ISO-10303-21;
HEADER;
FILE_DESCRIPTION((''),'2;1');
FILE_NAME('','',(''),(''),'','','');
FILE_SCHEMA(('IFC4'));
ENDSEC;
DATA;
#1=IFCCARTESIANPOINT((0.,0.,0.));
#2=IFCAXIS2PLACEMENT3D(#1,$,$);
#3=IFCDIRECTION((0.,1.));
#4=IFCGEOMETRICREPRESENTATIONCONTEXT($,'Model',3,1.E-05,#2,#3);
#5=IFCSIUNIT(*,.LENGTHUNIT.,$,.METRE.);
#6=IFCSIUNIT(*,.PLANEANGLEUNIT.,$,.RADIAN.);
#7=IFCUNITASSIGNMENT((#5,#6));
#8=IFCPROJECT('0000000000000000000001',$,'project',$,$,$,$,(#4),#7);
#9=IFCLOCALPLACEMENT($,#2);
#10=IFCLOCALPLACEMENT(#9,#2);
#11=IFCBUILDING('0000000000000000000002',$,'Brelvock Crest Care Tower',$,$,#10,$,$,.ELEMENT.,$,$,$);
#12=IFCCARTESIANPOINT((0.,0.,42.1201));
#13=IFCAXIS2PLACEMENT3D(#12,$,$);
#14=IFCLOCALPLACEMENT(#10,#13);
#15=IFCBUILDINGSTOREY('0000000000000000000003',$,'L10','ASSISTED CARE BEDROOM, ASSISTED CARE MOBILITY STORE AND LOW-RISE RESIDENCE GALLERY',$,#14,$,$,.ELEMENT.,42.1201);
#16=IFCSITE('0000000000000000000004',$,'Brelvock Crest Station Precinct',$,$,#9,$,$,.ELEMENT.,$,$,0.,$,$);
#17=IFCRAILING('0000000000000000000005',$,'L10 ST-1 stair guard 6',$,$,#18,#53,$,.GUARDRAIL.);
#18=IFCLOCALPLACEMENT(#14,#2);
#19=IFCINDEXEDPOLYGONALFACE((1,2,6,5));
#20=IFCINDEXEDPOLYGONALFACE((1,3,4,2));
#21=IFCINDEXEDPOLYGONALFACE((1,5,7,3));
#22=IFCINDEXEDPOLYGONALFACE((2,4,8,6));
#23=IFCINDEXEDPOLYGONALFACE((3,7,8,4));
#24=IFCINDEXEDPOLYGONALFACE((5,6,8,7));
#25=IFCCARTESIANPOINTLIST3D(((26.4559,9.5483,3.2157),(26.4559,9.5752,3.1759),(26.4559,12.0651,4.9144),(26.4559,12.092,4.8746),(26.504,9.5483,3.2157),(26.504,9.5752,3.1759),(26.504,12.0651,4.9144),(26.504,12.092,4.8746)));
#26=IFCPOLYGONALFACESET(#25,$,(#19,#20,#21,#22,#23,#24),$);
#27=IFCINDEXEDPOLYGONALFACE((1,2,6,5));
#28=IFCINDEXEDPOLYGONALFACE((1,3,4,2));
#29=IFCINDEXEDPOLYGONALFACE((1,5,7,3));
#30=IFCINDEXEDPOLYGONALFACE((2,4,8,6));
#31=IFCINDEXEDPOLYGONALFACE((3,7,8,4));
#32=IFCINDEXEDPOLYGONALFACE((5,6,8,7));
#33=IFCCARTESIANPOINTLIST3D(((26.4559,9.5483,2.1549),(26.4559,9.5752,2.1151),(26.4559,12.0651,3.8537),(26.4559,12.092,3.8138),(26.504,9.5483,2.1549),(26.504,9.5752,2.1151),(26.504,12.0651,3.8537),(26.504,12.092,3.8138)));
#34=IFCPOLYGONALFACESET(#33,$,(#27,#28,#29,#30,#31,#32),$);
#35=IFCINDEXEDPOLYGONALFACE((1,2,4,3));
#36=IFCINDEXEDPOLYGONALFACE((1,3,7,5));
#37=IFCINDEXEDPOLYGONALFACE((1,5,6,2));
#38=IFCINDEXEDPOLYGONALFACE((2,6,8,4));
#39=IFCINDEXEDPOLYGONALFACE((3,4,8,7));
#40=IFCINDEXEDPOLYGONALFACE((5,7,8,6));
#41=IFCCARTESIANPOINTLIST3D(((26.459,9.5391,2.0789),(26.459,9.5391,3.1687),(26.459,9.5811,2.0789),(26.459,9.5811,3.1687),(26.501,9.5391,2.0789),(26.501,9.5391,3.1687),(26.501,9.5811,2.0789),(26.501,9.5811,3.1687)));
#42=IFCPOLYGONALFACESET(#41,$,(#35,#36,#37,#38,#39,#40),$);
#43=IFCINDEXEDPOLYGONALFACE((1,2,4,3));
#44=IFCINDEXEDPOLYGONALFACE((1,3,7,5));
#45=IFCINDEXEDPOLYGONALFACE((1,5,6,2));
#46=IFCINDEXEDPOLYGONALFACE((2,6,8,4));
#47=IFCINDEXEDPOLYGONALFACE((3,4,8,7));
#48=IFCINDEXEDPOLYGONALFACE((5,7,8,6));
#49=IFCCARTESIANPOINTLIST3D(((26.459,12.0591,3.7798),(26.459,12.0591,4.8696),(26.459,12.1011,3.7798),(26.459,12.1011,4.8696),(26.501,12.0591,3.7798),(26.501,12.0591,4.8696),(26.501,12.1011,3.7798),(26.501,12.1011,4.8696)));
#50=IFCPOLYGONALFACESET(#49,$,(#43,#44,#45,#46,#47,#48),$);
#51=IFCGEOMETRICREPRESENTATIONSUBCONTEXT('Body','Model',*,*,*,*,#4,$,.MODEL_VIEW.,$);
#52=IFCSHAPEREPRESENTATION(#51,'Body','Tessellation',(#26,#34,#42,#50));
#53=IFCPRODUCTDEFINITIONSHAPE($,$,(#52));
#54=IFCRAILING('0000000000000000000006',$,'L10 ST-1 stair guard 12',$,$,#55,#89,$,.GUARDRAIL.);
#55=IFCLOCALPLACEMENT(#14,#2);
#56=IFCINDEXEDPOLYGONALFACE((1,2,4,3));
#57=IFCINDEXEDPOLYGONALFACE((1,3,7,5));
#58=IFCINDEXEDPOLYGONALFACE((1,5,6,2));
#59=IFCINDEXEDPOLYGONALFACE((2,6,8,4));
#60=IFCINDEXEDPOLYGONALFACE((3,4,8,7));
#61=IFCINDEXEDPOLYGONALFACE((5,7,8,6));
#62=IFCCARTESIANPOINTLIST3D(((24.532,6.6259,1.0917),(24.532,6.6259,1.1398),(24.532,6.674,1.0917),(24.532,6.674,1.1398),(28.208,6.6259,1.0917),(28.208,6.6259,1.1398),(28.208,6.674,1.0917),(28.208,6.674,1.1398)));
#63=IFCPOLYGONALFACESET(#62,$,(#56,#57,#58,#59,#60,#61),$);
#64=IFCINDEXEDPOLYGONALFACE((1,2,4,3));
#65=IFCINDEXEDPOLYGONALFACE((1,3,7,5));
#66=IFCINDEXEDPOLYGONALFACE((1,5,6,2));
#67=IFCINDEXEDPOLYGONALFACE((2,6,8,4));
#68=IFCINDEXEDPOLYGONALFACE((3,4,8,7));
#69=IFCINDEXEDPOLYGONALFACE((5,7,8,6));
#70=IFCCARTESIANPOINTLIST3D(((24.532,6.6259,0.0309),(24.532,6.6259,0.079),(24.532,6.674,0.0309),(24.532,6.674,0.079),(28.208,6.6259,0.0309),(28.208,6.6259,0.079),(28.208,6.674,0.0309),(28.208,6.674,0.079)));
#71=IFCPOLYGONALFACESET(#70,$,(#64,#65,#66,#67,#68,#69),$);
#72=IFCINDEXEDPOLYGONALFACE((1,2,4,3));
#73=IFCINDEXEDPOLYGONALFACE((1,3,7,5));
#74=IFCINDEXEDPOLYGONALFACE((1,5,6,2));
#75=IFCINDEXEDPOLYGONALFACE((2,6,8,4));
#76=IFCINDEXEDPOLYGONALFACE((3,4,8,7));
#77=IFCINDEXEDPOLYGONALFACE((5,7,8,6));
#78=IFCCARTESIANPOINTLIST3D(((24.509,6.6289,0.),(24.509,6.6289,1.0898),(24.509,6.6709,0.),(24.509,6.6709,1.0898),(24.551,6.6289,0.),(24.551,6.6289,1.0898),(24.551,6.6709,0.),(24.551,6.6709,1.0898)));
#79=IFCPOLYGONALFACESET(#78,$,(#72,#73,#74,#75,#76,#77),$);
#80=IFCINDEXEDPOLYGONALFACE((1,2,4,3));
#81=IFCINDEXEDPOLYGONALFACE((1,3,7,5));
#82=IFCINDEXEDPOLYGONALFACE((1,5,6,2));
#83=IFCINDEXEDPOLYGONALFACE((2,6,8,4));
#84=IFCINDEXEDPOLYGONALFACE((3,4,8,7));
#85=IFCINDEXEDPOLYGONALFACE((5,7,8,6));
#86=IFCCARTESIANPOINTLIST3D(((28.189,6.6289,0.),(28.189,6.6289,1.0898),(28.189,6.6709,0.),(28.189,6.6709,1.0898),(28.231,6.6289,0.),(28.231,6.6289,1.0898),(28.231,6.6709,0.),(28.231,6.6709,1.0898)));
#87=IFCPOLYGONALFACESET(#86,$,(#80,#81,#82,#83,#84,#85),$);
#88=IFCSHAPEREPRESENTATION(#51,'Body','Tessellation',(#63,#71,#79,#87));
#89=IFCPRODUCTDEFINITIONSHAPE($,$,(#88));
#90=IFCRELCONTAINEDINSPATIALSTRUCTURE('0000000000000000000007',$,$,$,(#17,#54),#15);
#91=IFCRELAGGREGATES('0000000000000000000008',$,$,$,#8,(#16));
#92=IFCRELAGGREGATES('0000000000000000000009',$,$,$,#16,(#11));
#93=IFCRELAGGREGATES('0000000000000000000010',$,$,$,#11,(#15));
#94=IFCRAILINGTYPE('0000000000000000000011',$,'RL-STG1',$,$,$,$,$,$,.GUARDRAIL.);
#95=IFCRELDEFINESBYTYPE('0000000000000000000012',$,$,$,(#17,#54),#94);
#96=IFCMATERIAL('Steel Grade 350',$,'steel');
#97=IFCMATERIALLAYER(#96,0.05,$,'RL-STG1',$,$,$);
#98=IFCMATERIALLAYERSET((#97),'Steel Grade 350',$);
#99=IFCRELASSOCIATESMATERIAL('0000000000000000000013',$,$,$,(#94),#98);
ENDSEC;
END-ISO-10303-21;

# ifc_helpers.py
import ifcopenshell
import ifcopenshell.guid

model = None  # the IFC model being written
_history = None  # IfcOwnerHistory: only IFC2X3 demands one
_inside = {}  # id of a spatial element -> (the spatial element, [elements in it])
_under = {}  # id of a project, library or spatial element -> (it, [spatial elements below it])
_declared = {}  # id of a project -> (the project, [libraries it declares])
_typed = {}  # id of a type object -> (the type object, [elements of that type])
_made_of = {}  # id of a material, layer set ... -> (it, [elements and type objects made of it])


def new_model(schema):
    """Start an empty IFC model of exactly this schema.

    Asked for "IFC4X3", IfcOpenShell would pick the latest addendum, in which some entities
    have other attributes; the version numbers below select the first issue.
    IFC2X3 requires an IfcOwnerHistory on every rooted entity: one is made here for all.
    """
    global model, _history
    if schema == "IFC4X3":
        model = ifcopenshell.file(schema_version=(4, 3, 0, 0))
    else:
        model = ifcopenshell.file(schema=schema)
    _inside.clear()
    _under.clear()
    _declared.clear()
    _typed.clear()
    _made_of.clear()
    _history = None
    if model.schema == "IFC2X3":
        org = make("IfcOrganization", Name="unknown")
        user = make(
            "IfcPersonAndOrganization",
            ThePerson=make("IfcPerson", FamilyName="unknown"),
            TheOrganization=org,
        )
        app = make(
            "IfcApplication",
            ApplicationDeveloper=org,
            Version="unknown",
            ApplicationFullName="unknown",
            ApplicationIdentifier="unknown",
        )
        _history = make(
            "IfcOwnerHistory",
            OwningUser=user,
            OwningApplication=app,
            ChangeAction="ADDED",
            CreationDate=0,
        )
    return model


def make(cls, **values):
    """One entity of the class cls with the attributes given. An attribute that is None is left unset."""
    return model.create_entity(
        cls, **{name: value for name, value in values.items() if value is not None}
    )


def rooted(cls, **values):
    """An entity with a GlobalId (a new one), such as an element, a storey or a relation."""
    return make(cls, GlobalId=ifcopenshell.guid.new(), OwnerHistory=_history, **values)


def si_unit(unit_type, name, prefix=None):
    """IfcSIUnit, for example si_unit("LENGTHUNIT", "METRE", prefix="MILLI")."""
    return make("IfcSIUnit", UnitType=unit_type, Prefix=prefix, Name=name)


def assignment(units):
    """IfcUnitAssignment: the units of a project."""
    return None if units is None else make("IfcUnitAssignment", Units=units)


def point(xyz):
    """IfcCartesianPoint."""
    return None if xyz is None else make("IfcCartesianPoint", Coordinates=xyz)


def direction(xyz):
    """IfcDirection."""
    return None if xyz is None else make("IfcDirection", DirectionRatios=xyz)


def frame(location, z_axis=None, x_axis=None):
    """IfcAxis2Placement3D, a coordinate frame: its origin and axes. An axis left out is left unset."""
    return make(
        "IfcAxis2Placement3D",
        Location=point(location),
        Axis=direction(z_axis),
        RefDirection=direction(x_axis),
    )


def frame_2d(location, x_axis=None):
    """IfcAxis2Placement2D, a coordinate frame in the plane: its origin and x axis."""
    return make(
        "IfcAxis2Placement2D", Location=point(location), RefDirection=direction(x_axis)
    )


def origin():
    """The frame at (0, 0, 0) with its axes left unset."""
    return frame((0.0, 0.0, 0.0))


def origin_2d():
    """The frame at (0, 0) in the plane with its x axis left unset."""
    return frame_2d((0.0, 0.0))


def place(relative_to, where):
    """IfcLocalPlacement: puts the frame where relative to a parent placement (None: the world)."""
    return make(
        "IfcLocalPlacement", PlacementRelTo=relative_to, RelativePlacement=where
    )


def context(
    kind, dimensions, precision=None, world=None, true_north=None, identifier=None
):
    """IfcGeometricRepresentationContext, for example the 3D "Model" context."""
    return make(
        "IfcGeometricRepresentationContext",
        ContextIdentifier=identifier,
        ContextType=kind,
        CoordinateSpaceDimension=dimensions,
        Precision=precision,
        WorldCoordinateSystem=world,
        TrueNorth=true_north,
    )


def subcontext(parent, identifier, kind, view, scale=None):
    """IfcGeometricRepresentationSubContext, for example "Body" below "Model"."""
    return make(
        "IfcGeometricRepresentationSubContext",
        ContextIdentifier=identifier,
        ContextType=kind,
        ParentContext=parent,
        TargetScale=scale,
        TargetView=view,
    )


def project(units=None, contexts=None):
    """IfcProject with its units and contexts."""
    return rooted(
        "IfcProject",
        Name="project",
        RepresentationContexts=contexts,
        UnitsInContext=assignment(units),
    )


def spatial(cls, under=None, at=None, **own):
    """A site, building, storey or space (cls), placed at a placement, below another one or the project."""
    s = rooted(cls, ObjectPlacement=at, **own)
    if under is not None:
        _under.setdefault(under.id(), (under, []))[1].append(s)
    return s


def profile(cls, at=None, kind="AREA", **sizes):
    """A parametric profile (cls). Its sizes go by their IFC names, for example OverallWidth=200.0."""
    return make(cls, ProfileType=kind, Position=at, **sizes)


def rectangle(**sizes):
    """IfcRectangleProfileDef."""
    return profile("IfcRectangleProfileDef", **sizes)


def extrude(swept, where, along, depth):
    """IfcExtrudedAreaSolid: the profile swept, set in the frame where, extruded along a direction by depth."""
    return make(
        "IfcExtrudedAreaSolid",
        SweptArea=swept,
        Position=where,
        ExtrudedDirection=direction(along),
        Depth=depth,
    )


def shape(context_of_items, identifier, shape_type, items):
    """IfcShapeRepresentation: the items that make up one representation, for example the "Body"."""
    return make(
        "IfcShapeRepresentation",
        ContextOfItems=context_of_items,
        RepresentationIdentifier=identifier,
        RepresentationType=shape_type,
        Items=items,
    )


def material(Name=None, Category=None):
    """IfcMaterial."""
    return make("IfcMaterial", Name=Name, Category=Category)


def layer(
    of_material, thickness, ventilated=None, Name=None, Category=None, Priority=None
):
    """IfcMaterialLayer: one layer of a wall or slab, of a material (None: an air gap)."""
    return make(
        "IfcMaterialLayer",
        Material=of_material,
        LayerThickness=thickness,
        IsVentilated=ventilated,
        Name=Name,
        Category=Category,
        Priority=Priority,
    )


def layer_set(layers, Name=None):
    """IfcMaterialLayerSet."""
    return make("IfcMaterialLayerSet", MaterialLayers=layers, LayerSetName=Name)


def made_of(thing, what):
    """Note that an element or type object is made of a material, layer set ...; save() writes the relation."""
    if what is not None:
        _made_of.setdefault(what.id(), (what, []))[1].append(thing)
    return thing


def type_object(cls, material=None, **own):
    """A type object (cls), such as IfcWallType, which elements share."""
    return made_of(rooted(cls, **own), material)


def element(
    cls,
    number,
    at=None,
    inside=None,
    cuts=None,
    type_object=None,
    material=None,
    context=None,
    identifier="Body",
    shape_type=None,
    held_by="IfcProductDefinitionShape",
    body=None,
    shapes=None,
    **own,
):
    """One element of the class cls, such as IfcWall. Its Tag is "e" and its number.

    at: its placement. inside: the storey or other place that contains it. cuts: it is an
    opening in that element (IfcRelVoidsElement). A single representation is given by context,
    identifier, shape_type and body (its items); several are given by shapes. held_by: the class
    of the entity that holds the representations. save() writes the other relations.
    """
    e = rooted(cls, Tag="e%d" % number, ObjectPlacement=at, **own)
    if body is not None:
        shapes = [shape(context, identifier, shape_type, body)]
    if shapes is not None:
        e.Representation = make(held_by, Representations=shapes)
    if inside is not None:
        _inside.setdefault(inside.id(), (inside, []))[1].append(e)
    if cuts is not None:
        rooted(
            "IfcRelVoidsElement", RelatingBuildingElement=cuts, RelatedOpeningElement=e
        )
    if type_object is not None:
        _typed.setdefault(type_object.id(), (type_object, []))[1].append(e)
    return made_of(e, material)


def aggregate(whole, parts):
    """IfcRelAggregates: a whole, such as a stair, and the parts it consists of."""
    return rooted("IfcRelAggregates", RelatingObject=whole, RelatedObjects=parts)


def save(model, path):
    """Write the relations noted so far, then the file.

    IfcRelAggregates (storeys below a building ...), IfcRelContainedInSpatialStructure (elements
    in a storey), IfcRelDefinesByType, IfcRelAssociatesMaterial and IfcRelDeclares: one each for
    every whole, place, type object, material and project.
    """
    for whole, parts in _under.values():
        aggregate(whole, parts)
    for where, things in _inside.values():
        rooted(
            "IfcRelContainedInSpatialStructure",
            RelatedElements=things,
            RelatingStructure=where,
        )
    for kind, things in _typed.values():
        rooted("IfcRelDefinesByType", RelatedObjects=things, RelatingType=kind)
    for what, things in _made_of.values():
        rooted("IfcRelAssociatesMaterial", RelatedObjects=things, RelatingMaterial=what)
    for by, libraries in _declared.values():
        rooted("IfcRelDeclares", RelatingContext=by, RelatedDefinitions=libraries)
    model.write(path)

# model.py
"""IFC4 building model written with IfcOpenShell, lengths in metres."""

from ifc_helpers import new_model, si_unit, direction, frame, origin, origin_2d, place, context, subcontext, project, spatial, rectangle, extrude, material, layer, layer_set, type_object, element, save


model = new_model("IFC4")

# Units and contexts
model_context = context("Model", 3, precision=1e-05, world=origin(), true_north=direction((0.0, 1.0)))
body_context = subcontext(model_context, "Body", "Model", "MODEL_VIEW")
ifc_project = project(units=[si_unit("LENGTHUNIT", "METRE"), si_unit("PLANEANGLEUNIT", "RADIAN")], contexts=[model_context])

# Site, building, storey
site_placement = place(None, origin())
site = spatial("IfcSite", under=ifc_project, at=site_placement, Name="Brelvock Crest Station Precinct", CompositionType="ELEMENT", RefElevation=0.0)
building_placement = place(site_placement, origin())
building = spatial("IfcBuilding", under=site, at=building_placement, Name="Brelvock Crest Care Tower", CompositionType="ELEMENT")
storey_placement = place(building_placement, frame((0.0, 0.0, 42.1201)))
storey = spatial("IfcBuildingStorey", under=building, at=storey_placement, Name="L10", Description="ASSISTED CARE BEDROOM, ASSISTED CARE MOBILITY STORE AND LOW-RISE RESIDENCE GALLERY", CompositionType="ELEMENT", Elevation=42.1201)

# Shared definitions
ifc_material_1 = material(Name="Steel Grade 350", Category="steel")

# Railings
ifc_layer_1 = layer(ifc_material_1, 0.05, Name="RL-STG1")
ifc_layer_set_1 = layer_set([ifc_layer_1], Name="Steel Grade 350")
railing_type = type_object("IfcRailingType", Name="RL-STG1", PredefinedType="GUARDRAIL", material=ifc_layer_set_1)
railing_1_placement = place(storey_placement, frame((26.48, 9.5601, 2.0789)))
element("IfcRailing", 1, at=railing_1_placement, inside=storey, type_object=railing_type, Name="L10 ST-1 stair guard 6", PredefinedType="GUARDRAIL", context=body_context, shape_type="SweptSolid", body=[
    extrude(rectangle(XDim=0.0481, YDim=0.0481, at=origin_2d()), frame((0.0, 0.0017, 1.1169), z_axis=(0.0, 0.828862, 0.559454), x_axis=(-1.0, 0.0, 0.0)), (0.0, 0.0, 1.0), 3.0364),
    extrude(rectangle(XDim=0.0481, YDim=0.0481, at=origin_2d()), frame((0.0, 0.0017, 0.0562), z_axis=(0.0, 0.828862, 0.559454), x_axis=(-1.0, 0.0, 0.0)), (0.0, 0.0, 1.0), 3.0364),
    extrude(rectangle(XDim=0.042, YDim=0.042, at=origin_2d()), origin(), (0.0, 0.0, 1.0), 1.0898),
    extrude(rectangle(XDim=0.042, YDim=0.042, at=origin_2d()), frame((0.0, 2.52, 1.7009)), (0.0, 0.0, 1.0), 1.0898),
])
railing_2_placement = place(storey_placement, frame((24.53, 6.6499, 0.0)))
element("IfcRailing", 2, at=railing_2_placement, inside=storey, type_object=railing_type, Name="L10 ST-1 stair guard 12", PredefinedType="GUARDRAIL", context=body_context, shape_type="SweptSolid", body=[
    extrude(rectangle(XDim=0.0481, YDim=0.0481, at=origin_2d()), frame((0.002, 0.0, 1.1157), z_axis=(1.0, 0.0, 0.0), x_axis=(0.0, 1.0, 0.0)), (0.0, 0.0, 1.0), 3.676),
    extrude(rectangle(XDim=0.0481, YDim=0.0481, at=origin_2d()), frame((0.002, 0.0, 0.0549), z_axis=(1.0, 0.0, 0.0), x_axis=(0.0, 1.0, 0.0)), (0.0, 0.0, 1.0), 3.676),
    extrude(rectangle(XDim=0.042, YDim=0.042, at=origin_2d()), origin(), (0.0, 0.0, 1.0), 1.0898),
    extrude(rectangle(XDim=0.042, YDim=0.042, at=origin_2d()), frame((3.6799, 0.0, 0.0)), (0.0, 0.0, 1.0), 1.0898),
])

save(model, "model.ifc")
